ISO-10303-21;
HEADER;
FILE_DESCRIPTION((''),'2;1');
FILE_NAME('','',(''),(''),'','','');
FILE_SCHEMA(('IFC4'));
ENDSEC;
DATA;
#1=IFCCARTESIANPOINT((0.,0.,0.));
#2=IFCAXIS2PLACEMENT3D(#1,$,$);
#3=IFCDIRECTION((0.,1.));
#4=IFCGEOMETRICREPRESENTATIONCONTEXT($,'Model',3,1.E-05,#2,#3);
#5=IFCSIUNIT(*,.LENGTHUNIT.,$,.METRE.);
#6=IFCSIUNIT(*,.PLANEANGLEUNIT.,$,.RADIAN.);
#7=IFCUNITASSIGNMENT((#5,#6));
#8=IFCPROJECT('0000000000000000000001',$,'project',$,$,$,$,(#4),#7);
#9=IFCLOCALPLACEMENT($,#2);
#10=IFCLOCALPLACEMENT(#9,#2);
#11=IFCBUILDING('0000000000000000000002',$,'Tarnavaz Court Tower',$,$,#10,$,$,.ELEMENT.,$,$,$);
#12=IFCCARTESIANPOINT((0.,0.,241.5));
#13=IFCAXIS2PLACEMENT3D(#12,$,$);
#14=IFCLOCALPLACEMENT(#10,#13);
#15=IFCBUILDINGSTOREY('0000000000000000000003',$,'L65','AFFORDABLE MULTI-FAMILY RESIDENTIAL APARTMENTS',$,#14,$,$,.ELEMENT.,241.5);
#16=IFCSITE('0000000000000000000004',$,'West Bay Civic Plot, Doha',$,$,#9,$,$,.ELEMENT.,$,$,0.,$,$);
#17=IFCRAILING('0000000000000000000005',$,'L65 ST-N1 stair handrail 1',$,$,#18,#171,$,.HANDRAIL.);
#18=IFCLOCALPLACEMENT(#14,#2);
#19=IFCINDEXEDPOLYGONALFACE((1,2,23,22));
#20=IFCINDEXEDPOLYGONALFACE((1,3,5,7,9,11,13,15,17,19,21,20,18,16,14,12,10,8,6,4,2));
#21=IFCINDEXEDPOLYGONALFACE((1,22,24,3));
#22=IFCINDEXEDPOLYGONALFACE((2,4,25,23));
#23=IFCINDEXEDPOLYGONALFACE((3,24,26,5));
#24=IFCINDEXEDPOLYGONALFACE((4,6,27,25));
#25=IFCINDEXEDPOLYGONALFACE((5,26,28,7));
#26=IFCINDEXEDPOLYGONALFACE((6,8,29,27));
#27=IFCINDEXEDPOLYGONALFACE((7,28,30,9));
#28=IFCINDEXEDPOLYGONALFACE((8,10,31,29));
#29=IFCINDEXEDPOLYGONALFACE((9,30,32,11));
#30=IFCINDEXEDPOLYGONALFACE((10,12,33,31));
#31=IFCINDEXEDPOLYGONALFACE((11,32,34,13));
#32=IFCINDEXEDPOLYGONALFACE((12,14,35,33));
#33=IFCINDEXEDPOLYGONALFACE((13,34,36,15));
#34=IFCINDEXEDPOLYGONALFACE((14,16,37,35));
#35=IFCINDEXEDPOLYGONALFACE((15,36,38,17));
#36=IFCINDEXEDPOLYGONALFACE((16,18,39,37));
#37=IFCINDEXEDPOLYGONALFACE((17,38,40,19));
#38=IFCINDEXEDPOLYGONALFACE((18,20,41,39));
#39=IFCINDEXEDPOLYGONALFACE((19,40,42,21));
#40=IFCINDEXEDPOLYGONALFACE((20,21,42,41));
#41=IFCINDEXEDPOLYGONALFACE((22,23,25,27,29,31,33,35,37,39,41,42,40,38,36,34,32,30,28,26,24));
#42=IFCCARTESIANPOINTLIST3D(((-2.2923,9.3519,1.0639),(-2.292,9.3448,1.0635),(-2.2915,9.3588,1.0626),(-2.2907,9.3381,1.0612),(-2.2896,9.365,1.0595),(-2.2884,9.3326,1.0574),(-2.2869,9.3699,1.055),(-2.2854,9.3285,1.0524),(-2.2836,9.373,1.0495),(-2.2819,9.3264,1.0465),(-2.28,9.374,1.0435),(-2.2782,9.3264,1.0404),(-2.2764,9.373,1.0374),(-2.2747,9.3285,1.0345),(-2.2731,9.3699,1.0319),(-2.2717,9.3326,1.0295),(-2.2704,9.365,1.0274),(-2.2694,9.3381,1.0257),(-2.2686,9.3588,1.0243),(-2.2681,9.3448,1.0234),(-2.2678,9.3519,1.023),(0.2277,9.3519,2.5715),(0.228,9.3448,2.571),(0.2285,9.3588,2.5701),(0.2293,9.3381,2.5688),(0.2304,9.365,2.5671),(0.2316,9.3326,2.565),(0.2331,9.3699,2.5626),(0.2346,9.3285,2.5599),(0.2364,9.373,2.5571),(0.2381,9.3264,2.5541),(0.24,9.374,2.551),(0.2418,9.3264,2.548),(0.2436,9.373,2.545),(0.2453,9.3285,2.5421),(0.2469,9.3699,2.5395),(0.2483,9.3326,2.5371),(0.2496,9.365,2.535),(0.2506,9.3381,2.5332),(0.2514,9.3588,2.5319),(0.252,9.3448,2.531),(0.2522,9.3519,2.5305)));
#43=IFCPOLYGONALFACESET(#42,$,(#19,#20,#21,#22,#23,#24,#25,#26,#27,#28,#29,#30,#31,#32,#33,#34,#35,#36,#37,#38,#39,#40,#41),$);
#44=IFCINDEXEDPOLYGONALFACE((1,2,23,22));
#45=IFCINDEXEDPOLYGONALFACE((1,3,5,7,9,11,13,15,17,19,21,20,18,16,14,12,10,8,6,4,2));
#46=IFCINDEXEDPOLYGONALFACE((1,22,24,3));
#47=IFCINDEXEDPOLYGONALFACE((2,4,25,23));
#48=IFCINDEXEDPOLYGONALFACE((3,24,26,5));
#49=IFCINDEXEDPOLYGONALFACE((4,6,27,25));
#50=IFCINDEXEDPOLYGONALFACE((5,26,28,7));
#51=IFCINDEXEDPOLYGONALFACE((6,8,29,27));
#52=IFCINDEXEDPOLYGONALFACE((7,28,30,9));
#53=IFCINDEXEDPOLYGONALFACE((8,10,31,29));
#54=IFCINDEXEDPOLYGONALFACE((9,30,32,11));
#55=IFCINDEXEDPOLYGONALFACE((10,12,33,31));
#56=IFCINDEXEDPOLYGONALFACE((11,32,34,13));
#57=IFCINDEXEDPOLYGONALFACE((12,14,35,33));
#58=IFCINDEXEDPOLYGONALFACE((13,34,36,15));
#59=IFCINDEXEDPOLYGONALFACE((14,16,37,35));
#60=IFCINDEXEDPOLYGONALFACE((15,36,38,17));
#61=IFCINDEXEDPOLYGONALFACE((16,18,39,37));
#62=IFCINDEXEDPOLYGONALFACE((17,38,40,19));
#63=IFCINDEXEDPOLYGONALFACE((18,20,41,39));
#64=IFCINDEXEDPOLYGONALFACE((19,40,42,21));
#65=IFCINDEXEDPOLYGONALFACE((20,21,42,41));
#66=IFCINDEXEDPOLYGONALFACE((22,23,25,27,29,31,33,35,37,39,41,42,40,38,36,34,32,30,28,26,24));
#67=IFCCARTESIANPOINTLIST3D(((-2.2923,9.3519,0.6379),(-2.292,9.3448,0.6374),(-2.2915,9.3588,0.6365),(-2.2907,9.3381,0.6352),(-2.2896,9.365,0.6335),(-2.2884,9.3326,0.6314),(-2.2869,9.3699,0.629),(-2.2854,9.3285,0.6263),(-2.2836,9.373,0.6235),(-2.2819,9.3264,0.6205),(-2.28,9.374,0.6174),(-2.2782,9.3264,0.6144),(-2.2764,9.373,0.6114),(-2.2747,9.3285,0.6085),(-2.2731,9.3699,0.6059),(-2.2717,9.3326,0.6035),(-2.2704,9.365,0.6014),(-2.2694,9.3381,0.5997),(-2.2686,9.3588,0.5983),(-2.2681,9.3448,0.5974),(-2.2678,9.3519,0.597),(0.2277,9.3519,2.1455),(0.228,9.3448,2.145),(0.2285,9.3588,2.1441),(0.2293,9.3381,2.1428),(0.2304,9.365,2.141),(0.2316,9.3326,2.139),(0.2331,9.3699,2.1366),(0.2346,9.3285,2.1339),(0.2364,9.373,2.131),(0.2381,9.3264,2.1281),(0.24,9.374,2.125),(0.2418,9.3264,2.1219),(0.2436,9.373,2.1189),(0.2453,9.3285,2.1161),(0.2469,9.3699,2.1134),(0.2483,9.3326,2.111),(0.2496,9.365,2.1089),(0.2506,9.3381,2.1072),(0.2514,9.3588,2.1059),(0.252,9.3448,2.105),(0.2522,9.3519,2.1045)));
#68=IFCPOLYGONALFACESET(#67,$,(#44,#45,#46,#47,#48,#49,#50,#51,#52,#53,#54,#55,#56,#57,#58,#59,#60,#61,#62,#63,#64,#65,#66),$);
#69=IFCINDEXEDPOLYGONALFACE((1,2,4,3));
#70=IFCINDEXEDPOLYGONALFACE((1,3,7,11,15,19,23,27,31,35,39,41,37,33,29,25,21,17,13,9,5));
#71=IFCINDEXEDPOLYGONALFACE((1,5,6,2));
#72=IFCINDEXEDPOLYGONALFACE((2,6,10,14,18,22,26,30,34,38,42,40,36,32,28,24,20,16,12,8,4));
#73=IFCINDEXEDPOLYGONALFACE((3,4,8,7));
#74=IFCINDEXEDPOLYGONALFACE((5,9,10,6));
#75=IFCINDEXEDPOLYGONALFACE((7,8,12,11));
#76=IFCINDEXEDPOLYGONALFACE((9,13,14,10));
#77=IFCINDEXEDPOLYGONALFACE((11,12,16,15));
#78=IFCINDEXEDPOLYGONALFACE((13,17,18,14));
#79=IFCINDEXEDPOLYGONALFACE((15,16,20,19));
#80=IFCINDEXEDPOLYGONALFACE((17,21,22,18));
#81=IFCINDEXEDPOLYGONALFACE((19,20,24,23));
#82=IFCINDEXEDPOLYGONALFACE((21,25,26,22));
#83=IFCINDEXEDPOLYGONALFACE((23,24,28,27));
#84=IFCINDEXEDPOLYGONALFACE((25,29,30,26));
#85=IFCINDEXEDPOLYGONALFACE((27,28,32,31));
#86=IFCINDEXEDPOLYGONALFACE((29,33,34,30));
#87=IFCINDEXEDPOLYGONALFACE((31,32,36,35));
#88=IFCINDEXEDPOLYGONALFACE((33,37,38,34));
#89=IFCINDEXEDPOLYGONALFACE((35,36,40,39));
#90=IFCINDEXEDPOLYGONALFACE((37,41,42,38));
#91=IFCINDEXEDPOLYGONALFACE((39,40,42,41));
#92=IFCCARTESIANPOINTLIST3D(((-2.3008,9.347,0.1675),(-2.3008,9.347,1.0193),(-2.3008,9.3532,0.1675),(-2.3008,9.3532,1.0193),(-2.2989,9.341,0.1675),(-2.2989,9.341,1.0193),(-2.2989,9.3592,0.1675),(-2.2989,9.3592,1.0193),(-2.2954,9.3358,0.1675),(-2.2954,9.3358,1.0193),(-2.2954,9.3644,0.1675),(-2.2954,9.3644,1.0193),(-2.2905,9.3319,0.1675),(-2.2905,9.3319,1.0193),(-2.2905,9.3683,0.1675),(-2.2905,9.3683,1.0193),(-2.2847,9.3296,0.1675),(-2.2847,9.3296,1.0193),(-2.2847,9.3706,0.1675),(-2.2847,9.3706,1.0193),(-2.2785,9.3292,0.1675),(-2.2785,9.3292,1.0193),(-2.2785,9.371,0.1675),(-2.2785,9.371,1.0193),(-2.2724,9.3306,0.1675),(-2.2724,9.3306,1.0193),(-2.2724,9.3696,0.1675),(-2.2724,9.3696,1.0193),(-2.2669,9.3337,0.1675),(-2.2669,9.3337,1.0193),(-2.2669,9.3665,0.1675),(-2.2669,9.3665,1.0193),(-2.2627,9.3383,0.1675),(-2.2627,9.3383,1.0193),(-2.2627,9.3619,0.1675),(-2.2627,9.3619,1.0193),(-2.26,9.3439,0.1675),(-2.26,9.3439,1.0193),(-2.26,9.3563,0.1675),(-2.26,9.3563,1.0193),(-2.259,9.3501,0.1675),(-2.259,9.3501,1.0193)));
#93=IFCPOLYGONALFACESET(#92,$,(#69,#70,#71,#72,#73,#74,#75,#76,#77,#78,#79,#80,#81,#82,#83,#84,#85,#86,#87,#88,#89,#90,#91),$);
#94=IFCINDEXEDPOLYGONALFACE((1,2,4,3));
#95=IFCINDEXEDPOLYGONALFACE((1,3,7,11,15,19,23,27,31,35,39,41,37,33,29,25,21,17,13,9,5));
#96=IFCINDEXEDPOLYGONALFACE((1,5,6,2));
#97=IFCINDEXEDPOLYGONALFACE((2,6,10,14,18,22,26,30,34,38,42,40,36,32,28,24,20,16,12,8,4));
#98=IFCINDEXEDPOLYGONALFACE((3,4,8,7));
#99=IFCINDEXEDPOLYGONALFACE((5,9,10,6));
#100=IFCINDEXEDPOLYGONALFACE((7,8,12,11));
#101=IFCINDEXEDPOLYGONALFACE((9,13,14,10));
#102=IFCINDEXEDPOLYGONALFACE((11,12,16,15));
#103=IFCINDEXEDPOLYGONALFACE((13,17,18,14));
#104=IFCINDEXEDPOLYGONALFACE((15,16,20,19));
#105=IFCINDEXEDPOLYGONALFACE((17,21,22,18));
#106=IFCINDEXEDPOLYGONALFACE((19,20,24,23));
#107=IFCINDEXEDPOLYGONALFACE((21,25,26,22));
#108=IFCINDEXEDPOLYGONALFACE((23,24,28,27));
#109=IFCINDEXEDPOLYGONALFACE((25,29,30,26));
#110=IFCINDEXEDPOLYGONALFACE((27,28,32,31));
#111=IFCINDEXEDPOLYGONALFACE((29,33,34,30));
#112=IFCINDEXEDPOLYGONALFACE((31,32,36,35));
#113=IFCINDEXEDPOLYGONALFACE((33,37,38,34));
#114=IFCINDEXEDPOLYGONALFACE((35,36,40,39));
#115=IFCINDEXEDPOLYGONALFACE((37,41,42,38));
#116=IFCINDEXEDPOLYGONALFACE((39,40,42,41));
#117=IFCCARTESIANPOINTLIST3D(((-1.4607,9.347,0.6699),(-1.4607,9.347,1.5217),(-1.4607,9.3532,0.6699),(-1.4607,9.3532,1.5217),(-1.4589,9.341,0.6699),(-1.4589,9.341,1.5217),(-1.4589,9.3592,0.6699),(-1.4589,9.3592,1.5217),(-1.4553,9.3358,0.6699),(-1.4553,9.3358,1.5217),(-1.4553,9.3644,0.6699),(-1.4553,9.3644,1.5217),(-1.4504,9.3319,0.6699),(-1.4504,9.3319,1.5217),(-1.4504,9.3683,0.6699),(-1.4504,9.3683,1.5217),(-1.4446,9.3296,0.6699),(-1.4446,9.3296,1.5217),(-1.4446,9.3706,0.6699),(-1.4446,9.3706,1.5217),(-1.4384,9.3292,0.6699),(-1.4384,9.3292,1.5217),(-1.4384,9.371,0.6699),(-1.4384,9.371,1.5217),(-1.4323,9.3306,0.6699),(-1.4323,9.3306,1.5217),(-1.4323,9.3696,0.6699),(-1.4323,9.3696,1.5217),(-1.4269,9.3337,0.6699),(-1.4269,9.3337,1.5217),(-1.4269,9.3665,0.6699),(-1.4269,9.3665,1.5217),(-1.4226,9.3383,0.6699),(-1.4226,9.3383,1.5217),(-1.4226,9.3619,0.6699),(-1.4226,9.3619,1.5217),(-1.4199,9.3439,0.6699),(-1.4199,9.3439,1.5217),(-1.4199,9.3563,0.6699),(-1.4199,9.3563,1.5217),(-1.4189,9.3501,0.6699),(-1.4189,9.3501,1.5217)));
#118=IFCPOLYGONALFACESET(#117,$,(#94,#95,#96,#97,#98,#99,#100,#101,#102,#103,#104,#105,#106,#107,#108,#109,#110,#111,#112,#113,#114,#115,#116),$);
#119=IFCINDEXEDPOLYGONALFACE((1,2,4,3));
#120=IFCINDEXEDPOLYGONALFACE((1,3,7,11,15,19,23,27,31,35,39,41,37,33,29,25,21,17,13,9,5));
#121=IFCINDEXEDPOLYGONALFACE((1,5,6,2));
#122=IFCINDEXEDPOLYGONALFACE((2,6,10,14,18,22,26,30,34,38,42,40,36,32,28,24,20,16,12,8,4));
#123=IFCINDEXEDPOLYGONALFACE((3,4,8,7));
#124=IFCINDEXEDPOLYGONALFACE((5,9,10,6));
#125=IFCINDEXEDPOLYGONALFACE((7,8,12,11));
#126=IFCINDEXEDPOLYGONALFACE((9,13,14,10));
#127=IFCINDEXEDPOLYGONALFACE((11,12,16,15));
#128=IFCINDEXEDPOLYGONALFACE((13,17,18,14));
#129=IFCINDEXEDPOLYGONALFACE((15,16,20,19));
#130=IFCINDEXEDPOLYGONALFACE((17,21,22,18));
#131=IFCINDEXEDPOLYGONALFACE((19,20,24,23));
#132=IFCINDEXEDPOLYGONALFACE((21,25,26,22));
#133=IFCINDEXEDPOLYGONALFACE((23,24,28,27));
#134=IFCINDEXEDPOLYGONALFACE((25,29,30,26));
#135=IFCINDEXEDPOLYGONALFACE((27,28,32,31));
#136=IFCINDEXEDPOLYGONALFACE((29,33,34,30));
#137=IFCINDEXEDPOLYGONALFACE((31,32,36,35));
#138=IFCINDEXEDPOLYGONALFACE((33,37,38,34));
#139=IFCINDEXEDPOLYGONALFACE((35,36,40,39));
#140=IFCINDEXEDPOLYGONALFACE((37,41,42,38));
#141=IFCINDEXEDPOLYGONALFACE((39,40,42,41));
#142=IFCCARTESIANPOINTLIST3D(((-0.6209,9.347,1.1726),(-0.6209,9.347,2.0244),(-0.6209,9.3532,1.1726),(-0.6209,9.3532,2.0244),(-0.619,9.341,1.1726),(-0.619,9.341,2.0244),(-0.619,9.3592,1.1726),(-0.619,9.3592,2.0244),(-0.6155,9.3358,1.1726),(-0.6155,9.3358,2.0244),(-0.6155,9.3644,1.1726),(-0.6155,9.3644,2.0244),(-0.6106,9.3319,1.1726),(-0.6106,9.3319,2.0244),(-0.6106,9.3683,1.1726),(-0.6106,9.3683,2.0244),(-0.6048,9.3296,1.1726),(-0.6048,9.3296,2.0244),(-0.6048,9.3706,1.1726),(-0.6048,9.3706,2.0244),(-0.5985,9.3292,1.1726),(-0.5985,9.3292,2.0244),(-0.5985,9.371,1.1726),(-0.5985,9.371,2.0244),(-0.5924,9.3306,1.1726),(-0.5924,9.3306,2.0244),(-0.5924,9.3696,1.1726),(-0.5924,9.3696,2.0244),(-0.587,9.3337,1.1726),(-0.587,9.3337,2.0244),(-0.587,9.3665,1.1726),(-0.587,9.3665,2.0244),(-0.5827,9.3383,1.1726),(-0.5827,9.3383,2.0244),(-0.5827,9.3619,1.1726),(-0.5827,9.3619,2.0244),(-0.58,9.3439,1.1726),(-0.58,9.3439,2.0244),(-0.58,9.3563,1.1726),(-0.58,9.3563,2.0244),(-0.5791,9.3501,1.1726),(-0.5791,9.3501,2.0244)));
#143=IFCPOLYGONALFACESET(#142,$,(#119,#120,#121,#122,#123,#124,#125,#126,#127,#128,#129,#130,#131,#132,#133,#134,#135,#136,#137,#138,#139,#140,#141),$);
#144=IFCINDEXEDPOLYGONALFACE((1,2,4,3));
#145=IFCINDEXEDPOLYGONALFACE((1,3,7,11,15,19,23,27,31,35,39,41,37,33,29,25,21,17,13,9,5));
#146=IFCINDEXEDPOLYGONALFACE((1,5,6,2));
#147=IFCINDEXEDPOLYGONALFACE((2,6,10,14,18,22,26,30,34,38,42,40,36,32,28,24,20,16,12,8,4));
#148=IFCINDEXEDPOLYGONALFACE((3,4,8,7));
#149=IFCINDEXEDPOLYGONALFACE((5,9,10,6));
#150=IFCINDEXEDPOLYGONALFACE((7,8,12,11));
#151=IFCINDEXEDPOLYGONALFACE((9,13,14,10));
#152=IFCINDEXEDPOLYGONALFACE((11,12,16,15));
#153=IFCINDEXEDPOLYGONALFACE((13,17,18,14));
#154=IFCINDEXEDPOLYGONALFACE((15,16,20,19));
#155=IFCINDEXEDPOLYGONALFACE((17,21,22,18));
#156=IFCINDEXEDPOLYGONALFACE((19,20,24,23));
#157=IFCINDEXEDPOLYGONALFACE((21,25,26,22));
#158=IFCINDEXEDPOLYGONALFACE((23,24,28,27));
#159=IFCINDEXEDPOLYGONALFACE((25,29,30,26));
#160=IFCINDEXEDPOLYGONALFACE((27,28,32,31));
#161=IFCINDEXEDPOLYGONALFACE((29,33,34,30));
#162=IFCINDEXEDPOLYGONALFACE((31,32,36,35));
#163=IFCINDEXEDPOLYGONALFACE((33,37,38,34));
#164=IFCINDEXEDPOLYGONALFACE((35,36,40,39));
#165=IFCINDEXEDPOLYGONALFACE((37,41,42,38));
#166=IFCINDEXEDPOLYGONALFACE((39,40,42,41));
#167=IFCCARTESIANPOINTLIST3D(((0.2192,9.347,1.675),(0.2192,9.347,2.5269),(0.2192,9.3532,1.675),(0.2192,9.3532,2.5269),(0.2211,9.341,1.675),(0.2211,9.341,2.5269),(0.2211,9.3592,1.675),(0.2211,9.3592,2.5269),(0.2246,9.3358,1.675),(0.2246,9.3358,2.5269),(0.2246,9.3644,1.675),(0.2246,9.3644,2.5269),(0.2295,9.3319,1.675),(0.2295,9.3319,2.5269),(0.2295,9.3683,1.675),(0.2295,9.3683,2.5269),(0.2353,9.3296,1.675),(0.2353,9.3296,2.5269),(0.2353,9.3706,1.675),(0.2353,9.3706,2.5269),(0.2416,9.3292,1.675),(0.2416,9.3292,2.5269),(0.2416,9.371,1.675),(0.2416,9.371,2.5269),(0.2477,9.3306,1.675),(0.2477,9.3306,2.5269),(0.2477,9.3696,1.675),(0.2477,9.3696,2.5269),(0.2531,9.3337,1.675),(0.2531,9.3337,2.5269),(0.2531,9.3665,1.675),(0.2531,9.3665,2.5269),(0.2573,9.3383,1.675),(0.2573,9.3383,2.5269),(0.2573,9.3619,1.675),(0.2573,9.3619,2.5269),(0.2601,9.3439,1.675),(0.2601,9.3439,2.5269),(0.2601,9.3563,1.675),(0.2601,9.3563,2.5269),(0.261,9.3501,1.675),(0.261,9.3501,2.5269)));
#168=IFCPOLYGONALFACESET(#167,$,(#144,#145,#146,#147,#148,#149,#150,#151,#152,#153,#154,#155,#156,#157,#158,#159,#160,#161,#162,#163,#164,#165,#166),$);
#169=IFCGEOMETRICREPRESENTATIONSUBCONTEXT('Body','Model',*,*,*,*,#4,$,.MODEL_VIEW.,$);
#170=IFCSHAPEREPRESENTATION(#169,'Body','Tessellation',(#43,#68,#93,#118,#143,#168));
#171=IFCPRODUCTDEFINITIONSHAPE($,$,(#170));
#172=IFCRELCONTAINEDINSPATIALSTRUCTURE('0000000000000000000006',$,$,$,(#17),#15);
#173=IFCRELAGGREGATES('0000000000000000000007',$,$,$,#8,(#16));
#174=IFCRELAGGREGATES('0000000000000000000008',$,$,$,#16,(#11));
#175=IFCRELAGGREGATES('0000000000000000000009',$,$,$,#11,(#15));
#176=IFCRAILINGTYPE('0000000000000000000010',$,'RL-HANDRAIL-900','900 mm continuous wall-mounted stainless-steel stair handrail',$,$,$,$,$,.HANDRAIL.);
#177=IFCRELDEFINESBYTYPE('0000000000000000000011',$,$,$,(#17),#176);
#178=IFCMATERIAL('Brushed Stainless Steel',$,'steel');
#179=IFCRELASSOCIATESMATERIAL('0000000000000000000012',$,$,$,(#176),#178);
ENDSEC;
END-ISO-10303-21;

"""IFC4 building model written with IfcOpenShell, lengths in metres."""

from ifc_helpers import new_model, si_unit, direction, frame, origin, origin_2d, place, context, subcontext, project, spatial, circle, extrude, material, type_object, element, save


model = new_model("IFC4")

# Units and contexts
model_context = context("Model", 3, precision=1e-05, world=origin(), true_north=direction((0.0, 1.0)))
body_context = subcontext(model_context, "Body", "Model", "MODEL_VIEW")
ifc_project = project(units=[si_unit("LENGTHUNIT", "METRE"), si_unit("PLANEANGLEUNIT", "RADIAN")], contexts=[model_context])

# Site, building, storey
site_placement = place(None, origin())
site = spatial("IfcSite", under=ifc_project, at=site_placement, Name="West Bay Civic Plot, Doha", CompositionType="ELEMENT", RefElevation=0.0)
building_placement = place(site_placement, origin())
building = spatial("IfcBuilding", under=site, at=building_placement, Name="Tarnavaz Court Tower", CompositionType="ELEMENT")
storey_placement = place(building_placement, frame((0.0, 0.0, 241.5)))
storey = spatial("IfcBuildingStorey", under=building, at=storey_placement, Name="L65", Description="AFFORDABLE MULTI-FAMILY RESIDENTIAL APARTMENTS", CompositionType="ELEMENT", Elevation=241.5)

# Railing
ifc_material_1 = material(Name="Brushed Stainless Steel", Category="steel")
railing_type_1 = type_object("IfcRailingType", Name="RL-HANDRAIL-900", Description="900 mm continuous wall-mounted stainless-steel stair handrail", PredefinedType="HANDRAIL", material=ifc_material_1)
railing_1_placement = place(storey_placement, frame((-2.28, 9.3501, 0.1675)))
element("IfcRailing", 1, at=railing_1_placement, inside=storey, type_object=railing_type_1, Name="L65 ST-N1 stair handrail 1", PredefinedType="HANDRAIL", context=body_context, shape_type="SweptSolid", body=[
    extrude(circle(Radius=0.0239, at=origin_2d()), frame((0.0, 0.0, 0.876), z_axis=(0.85816, 0.0, 0.513383), x_axis=(0.0, 1.0, 0.0)), (0.0, 0.0, 1.0), 2.9365),
    extrude(circle(Radius=0.0239, at=origin_2d()), frame((0.0, 0.0, 0.45), z_axis=(0.85816, 0.0, 0.513383), x_axis=(0.0, 1.0, 0.0)), (0.0, 0.0, 1.0), 2.9365),
    extrude(circle(Radius=0.021, at=origin_2d()), origin(), (0.0, 0.0, 1.0), 0.8518),
    extrude(circle(Radius=0.021, at=origin_2d()), frame((0.8401, 0.0, 0.5024)), (0.0, 0.0, 1.0), 0.8518),
    extrude(circle(Radius=0.021, at=origin_2d()), frame((1.6799, 0.0, 1.0051)), (0.0, 0.0, 1.0), 0.8518),
    extrude(circle(Radius=0.021, at=origin_2d()), frame((2.52, 0.0, 1.5076)), (0.0, 0.0, 1.0), 0.8518),
])

save(model, "model.ifc")
